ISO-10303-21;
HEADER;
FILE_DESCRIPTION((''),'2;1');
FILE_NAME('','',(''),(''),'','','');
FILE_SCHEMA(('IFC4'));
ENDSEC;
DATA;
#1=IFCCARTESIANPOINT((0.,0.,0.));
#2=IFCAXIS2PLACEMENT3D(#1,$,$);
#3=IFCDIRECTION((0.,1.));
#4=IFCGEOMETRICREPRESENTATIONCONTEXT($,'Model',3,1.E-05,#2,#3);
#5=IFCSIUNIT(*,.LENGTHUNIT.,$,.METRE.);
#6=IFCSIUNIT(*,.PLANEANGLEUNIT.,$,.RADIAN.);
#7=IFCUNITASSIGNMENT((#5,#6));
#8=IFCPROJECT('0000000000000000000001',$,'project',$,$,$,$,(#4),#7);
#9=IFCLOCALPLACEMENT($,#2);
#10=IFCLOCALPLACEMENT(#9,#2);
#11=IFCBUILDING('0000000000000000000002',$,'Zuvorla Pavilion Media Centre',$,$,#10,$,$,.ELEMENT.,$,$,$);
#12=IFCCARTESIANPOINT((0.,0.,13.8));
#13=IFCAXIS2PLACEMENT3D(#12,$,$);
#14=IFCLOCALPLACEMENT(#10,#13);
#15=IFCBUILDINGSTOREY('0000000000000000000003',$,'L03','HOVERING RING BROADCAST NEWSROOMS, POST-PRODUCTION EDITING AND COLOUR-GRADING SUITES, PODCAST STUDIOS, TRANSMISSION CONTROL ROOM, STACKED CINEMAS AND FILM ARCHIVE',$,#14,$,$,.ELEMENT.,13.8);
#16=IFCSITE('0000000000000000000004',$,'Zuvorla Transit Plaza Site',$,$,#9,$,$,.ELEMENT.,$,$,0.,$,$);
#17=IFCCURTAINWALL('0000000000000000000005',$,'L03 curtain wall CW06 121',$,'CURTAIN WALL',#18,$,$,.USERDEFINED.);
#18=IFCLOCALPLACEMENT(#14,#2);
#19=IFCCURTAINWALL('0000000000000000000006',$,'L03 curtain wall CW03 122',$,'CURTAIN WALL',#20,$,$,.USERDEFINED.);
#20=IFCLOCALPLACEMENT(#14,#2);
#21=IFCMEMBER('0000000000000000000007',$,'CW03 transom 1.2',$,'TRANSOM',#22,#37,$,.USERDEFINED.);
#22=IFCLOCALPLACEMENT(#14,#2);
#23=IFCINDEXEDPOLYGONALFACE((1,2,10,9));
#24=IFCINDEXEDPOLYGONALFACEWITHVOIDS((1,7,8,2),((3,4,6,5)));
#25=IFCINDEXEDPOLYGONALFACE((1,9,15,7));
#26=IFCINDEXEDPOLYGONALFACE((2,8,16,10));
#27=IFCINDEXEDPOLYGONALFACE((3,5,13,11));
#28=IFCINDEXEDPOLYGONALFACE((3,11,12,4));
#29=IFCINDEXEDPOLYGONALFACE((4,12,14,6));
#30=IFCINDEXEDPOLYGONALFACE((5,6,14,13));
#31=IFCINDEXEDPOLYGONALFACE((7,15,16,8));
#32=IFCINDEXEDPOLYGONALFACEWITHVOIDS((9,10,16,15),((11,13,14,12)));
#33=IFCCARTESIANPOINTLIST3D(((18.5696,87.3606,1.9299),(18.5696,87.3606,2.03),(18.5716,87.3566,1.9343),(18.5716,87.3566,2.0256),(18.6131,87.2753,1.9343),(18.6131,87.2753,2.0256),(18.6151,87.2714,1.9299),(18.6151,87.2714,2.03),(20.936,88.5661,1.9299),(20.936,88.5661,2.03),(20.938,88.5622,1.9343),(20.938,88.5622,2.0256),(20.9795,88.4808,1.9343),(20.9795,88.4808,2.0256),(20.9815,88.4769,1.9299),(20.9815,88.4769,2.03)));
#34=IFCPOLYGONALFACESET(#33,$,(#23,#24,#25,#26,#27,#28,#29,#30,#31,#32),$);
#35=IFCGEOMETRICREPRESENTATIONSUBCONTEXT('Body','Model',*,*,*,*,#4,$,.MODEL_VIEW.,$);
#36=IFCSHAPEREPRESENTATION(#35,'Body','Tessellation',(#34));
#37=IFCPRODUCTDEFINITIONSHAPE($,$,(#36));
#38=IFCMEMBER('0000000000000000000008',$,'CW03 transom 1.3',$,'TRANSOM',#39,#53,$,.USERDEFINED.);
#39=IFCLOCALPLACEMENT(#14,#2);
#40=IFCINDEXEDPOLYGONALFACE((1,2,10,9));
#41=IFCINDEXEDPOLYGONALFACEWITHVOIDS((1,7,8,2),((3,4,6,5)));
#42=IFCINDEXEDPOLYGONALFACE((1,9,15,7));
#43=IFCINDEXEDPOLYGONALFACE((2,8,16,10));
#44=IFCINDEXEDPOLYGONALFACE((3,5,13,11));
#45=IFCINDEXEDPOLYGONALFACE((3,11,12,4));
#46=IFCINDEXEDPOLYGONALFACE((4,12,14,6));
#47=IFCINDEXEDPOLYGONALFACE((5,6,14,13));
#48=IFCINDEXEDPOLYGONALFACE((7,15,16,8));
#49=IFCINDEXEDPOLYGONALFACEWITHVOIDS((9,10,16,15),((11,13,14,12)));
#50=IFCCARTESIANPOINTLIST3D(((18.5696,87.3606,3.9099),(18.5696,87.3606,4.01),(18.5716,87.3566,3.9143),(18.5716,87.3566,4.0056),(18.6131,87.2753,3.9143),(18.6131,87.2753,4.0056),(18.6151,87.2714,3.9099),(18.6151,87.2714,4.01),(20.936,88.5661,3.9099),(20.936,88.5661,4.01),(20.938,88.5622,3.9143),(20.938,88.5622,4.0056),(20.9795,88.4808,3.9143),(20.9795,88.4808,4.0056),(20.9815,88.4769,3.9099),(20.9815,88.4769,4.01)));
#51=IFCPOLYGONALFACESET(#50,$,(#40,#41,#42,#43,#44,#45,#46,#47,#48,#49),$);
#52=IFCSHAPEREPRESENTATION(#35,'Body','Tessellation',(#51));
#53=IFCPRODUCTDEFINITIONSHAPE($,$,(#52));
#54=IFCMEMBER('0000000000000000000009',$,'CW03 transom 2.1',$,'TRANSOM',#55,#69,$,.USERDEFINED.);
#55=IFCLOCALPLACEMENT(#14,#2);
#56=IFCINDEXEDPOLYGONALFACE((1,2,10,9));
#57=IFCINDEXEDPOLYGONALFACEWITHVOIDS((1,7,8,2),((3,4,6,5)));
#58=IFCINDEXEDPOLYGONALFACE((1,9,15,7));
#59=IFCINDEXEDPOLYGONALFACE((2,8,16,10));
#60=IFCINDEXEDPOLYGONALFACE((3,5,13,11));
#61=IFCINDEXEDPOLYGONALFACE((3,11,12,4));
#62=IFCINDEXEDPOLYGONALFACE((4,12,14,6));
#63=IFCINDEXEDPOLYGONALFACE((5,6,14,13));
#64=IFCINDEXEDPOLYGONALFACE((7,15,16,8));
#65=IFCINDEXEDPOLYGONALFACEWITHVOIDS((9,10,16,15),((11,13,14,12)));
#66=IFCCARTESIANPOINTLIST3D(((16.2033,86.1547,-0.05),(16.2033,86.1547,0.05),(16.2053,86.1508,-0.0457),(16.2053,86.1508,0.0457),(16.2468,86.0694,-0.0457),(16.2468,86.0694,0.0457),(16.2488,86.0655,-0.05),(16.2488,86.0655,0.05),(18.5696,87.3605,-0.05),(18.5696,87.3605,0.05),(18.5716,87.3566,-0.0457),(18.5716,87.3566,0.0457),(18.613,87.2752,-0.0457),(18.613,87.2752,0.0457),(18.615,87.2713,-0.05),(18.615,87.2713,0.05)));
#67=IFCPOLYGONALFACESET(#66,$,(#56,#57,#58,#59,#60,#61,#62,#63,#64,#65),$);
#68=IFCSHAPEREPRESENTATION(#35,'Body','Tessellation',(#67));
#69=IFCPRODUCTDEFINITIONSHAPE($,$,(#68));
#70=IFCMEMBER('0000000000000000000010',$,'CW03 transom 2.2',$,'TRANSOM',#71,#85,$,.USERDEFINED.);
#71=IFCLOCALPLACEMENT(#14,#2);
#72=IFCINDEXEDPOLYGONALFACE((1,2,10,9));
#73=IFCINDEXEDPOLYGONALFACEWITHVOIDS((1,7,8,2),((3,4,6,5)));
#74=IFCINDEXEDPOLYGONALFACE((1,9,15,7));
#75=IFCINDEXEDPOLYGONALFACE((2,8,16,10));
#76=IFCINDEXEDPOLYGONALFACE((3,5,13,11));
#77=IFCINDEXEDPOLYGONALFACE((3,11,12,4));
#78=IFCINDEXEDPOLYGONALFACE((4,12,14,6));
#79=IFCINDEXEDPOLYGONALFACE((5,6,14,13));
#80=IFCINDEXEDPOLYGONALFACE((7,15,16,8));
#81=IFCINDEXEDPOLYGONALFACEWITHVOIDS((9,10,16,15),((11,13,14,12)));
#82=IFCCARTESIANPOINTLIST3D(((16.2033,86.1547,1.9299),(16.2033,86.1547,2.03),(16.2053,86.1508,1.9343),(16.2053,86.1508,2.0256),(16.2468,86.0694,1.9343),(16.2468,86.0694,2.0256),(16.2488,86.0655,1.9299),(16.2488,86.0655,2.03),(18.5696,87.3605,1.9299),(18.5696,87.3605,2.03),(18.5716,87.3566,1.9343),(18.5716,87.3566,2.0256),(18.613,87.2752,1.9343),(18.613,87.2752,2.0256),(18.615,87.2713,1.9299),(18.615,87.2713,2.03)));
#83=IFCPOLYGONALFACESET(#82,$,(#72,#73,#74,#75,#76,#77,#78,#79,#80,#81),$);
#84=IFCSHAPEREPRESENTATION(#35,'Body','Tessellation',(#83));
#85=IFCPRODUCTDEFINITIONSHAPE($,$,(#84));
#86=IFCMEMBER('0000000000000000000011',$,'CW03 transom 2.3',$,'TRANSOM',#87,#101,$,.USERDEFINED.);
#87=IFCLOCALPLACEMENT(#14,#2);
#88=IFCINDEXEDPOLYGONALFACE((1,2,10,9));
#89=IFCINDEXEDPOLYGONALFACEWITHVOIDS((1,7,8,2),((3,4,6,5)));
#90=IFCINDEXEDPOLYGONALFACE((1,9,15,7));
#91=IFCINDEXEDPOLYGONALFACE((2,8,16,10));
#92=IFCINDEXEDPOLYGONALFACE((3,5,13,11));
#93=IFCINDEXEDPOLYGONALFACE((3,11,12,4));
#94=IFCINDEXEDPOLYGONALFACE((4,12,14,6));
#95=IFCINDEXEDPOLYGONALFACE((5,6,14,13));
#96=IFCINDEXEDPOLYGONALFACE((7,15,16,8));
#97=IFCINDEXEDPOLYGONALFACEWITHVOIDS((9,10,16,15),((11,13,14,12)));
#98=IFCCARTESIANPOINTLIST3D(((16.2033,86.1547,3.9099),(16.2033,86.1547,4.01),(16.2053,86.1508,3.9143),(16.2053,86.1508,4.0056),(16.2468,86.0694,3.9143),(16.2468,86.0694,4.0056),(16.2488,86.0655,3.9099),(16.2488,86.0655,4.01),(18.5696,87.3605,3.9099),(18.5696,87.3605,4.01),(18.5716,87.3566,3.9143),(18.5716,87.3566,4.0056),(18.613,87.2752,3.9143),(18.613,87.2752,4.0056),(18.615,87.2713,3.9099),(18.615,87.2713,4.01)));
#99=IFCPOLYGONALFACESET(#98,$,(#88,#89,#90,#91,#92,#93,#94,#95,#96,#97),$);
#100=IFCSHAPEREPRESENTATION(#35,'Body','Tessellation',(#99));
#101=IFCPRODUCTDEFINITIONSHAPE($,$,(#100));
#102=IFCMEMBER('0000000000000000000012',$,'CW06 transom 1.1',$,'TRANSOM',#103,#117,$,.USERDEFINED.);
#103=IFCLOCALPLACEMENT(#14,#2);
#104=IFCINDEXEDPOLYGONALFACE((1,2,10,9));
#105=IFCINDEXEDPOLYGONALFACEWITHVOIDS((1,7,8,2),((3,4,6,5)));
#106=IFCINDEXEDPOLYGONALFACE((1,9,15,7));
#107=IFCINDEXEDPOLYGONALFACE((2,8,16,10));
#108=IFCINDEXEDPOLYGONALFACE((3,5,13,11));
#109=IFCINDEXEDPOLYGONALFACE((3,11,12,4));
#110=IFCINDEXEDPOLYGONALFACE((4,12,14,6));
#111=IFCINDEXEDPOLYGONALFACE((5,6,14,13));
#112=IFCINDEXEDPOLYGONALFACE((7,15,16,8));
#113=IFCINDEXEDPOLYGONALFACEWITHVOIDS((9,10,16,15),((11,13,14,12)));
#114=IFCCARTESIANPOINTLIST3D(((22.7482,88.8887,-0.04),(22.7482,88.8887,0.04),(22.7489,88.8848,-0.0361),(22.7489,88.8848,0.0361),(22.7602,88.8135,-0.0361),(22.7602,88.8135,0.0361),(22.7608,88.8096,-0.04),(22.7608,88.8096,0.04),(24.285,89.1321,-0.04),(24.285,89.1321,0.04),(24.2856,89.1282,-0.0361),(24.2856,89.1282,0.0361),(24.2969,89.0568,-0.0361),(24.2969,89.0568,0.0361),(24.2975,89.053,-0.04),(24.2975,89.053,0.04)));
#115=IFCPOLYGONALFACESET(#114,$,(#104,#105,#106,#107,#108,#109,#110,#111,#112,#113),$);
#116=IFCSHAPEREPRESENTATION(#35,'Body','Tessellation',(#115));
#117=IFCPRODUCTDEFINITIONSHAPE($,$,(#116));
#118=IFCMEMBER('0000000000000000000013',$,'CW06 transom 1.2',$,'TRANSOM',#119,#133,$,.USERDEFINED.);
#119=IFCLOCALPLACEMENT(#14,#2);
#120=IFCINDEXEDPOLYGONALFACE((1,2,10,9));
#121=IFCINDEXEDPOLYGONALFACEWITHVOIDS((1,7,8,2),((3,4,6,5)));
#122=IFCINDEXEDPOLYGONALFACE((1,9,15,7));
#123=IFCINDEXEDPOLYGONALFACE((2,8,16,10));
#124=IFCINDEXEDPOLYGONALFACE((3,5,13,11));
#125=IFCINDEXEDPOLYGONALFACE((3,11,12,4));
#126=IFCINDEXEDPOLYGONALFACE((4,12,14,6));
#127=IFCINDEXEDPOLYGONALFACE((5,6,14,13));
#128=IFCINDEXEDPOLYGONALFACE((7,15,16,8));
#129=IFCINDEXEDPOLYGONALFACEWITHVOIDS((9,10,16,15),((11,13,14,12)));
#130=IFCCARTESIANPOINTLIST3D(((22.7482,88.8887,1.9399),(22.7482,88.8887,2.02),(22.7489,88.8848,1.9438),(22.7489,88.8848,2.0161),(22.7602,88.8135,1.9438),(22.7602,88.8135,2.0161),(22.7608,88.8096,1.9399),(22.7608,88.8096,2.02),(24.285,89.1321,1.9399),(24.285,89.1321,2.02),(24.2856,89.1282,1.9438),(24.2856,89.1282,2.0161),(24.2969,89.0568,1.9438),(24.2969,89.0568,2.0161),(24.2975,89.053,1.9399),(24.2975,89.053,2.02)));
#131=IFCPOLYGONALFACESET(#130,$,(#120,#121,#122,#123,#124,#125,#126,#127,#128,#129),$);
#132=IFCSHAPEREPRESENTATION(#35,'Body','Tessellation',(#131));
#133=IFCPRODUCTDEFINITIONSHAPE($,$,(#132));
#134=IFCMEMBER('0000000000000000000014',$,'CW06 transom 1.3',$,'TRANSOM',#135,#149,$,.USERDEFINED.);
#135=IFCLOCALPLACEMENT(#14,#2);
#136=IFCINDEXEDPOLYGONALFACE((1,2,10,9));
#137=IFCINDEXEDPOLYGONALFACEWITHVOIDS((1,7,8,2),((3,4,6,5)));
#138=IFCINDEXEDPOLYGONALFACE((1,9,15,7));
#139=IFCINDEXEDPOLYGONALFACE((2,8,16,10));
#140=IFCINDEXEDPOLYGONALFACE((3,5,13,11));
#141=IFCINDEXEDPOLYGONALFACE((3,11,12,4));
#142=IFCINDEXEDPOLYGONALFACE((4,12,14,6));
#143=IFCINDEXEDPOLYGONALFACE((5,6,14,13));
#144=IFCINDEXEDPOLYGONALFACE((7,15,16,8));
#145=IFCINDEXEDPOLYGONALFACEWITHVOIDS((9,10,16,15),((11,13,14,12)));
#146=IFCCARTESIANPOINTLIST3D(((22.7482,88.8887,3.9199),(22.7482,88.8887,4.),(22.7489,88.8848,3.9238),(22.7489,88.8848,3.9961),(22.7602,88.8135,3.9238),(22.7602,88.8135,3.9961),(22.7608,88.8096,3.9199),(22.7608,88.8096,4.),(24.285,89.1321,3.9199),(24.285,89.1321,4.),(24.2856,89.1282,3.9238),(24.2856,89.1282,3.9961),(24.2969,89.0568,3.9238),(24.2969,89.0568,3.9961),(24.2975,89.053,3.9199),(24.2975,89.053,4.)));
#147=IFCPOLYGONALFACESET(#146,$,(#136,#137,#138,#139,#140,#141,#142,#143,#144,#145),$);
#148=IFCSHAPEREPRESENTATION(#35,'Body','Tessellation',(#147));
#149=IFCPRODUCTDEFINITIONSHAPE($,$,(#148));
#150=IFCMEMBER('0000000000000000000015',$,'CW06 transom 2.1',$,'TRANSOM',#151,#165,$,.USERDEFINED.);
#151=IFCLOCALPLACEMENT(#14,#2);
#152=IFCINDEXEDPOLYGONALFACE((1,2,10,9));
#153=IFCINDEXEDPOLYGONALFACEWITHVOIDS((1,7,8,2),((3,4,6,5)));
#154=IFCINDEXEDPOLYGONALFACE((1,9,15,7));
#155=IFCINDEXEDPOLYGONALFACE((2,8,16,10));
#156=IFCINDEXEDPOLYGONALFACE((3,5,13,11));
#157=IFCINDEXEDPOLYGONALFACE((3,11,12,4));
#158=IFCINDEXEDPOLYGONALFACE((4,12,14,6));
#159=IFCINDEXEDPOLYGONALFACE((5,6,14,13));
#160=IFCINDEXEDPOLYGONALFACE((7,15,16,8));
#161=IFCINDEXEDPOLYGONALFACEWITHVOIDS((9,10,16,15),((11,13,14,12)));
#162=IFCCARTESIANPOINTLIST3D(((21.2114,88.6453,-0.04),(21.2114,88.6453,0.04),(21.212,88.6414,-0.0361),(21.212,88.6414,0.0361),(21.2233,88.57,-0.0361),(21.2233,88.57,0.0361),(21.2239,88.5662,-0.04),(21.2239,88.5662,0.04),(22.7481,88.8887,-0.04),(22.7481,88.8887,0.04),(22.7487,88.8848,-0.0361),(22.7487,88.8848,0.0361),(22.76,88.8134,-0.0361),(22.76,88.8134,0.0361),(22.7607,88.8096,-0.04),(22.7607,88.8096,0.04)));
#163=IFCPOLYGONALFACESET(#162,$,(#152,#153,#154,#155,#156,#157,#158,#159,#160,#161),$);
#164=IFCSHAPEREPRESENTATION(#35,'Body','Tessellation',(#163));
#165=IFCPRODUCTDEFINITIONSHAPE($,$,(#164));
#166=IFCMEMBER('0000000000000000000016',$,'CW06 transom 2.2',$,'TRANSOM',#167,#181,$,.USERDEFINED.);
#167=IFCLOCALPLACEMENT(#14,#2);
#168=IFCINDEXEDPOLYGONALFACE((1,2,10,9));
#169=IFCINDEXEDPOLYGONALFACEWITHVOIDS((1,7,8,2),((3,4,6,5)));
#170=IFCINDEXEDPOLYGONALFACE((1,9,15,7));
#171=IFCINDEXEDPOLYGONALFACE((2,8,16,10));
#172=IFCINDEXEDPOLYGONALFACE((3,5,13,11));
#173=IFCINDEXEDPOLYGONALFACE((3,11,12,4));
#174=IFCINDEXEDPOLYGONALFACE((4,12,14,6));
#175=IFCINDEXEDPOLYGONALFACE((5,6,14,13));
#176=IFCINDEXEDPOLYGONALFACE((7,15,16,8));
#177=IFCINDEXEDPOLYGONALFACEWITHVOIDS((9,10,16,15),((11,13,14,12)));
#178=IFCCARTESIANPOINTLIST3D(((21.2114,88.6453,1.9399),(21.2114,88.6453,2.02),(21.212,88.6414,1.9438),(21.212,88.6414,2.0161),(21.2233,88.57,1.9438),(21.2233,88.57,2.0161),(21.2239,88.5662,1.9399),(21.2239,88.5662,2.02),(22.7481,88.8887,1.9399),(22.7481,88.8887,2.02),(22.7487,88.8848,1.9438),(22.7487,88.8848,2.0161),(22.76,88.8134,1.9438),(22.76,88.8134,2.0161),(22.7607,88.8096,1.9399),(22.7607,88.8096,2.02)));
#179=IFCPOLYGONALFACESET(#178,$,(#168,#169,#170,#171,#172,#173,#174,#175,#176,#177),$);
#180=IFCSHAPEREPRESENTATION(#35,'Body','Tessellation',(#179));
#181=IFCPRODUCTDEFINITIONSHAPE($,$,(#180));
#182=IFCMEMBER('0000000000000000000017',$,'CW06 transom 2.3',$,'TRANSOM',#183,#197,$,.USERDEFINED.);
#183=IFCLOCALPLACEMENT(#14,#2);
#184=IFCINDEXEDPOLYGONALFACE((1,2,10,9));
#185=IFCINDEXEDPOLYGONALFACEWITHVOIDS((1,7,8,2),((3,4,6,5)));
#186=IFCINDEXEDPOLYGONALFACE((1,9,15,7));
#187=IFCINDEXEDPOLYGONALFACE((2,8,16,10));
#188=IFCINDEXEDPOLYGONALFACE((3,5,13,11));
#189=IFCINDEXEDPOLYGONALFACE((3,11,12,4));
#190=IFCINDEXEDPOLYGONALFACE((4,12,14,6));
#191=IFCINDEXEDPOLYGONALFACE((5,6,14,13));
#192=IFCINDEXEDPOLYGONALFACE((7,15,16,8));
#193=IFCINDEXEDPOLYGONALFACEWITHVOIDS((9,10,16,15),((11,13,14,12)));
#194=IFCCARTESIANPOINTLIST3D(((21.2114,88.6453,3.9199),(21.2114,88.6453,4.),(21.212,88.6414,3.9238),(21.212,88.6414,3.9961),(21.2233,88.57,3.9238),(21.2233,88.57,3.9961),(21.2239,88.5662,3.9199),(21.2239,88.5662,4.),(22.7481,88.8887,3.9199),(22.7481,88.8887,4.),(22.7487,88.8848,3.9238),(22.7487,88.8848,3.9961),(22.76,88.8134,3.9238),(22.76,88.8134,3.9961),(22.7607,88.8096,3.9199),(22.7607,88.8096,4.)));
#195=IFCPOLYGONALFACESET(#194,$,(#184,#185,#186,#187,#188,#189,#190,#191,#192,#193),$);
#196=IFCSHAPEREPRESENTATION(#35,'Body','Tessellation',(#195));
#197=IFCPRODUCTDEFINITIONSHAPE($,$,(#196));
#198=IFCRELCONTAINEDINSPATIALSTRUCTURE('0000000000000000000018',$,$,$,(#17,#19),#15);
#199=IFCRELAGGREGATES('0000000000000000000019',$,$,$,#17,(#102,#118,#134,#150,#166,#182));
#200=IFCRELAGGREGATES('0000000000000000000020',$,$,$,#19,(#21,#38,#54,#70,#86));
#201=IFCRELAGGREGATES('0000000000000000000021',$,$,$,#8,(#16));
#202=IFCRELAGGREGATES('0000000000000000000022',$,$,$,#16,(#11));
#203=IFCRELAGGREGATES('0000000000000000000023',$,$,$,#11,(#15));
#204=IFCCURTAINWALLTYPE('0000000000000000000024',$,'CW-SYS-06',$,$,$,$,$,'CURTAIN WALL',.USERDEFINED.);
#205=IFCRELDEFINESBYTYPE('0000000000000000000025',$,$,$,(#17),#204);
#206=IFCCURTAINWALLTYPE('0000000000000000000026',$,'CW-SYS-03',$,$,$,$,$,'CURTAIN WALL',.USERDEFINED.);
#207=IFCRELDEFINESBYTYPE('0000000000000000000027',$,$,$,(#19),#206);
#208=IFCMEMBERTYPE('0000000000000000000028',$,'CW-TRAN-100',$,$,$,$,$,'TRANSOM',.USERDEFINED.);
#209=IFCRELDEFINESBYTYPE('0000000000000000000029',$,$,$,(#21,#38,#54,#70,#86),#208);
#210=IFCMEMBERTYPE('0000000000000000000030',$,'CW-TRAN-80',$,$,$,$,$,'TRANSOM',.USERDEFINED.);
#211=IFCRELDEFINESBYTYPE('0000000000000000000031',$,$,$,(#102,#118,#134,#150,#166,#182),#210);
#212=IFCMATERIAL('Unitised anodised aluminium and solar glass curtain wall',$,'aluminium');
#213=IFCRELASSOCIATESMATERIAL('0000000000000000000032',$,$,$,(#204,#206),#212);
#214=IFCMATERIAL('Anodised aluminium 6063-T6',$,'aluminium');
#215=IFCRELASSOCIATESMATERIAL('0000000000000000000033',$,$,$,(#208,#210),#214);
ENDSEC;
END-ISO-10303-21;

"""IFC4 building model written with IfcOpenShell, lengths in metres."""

from ifc_helpers import new_model, si_unit, direction, frame, origin, origin_2d, place, context, subcontext, project, spatial, hollow_rectangle, extrude, material, material_profile, profile_set, type_object, element, aggregate, save


model = new_model("IFC4")

# Units and contexts
model_context = context("Model", 3, precision=1e-05, world=origin(), true_north=direction((0.0, 1.0)))
body_context = subcontext(model_context, "Body", "Model", "MODEL_VIEW")
ifc_project = project(units=[si_unit("LENGTHUNIT", "METRE"), si_unit("PLANEANGLEUNIT", "RADIAN")], contexts=[model_context])

# Site, building, storey
site_placement = place(None, origin())
site = spatial("IfcSite", under=ifc_project, at=site_placement, Name="Zuvorla Transit Plaza Site", CompositionType="ELEMENT", RefElevation=0.0)
building_placement = place(site_placement, origin())
building = spatial("IfcBuilding", under=site, at=building_placement, Name="Zuvorla Pavilion Media Centre", CompositionType="ELEMENT")
storey_placement = place(building_placement, frame((0.0, 0.0, 13.8)))
storey = spatial("IfcBuildingStorey", under=building, at=storey_placement, Name="L03", Description="HOVERING RING BROADCAST NEWSROOMS, POST-PRODUCTION EDITING AND COLOUR-GRADING SUITES, PODCAST STUDIOS, TRANSMISSION CONTROL ROOM, STACKED CINEMAS AND FILM ARCHIVE", CompositionType="ELEMENT", Elevation=13.8)

# Curtain wall
ifc_material_1 = material(Name="Unitised anodised aluminium and solar glass curtain wall", Category="aluminium")
curtain_wall_type_1 = type_object("IfcCurtainWallType", Name="CW-SYS-06", ElementType="CURTAIN WALL", PredefinedType="USERDEFINED", material=ifc_material_1)
curtain_wall_1_placement = place(storey_placement, origin())
curtain_wall_1 = element("IfcCurtainWall", 1, at=curtain_wall_1_placement, inside=storey, type_object=curtain_wall_type_1, Name="L03 curtain wall CW06 121", ObjectType="CURTAIN WALL", PredefinedType="USERDEFINED")
ifc_material_2 = material(Name="Anodised aluminium 6063-T6", Category="aluminium")

# Curtain wall, members
curtain_wall_type_2 = type_object("IfcCurtainWallType", Name="CW-SYS-03", ElementType="CURTAIN WALL", PredefinedType="USERDEFINED", material=ifc_material_1)
curtain_wall_2_placement = place(storey_placement, origin())
curtain_wall_2 = element("IfcCurtainWall", 2, at=curtain_wall_2_placement, inside=storey, type_object=curtain_wall_type_2, Name="L03 curtain wall CW03 122", ObjectType="CURTAIN WALL", PredefinedType="USERDEFINED")
ifc_material_profile_1 = material_profile(ifc_material_2, hollow_rectangle(XDim=0.1001, YDim=0.1001, WallThickness=0.0044, at=origin_2d()), Name="ALU TRAN 100x100")
ifc_profile_set_1 = profile_set([ifc_material_profile_1], Name="Anodised aluminium 6063-T6")
member_type_1 = type_object("IfcMemberType", Name="CW-TRAN-100", ElementType="TRANSOM", PredefinedType="USERDEFINED", material=ifc_profile_set_1)
member_1_placement = place(storey_placement, frame((20.9587, 88.5215, 1.98), z_axis=(-0.891037, -0.45393, 0.0), x_axis=(0.45393, -0.891037, 0.0)))
member_1 = element("IfcMember", 3, at=member_1_placement, type_object=member_type_1, Name="CW03 transom 1.2", ObjectType="TRANSOM", PredefinedType="USERDEFINED", context=body_context, shape_type="SweptSolid", body=[
    extrude(hollow_rectangle(XDim=0.1001, YDim=0.1001, WallThickness=0.0044, at=origin_2d()), origin(), (0.0, 0.0, 1.0), 2.6558),
])
member_2_placement = place(storey_placement, frame((20.9587, 88.5215, 3.96), z_axis=(-0.891037, -0.45393, 0.0), x_axis=(0.45393, -0.891037, 0.0)))
member_2 = element("IfcMember", 4, at=member_2_placement, type_object=member_type_1, Name="CW03 transom 1.3", ObjectType="TRANSOM", PredefinedType="USERDEFINED", context=body_context, shape_type="SweptSolid", body=[
    extrude(hollow_rectangle(XDim=0.1001, YDim=0.1001, WallThickness=0.0044, at=origin_2d()), origin(), (0.0, 0.0, 1.0), 2.6558),
])
member_3_placement = place(storey_placement, frame((18.5923, 87.3159, 0.0), z_axis=(-0.890981, -0.45404, 0.0), x_axis=(0.45404, -0.890981, 0.0)))
member_3 = element("IfcMember", 5, at=member_3_placement, type_object=member_type_1, Name="CW03 transom 2.1", ObjectType="TRANSOM", PredefinedType="USERDEFINED", context=body_context, shape_type="SweptSolid", body=[
    extrude(hollow_rectangle(XDim=0.1001, YDim=0.1001, WallThickness=0.0044, at=origin_2d()), origin(), (0.0, 0.0, 1.0), 2.6558),
])
member_4_placement = place(storey_placement, frame((18.5923, 87.3159, 1.98), z_axis=(-0.890981, -0.45404, 0.0), x_axis=(0.45404, -0.890981, 0.0)))
member_4 = element("IfcMember", 6, at=member_4_placement, type_object=member_type_1, Name="CW03 transom 2.2", ObjectType="TRANSOM", PredefinedType="USERDEFINED", context=body_context, shape_type="SweptSolid", body=[
    extrude(hollow_rectangle(XDim=0.1001, YDim=0.1001, WallThickness=0.0044, at=origin_2d()), origin(), (0.0, 0.0, 1.0), 2.6558),
])
member_5_placement = place(storey_placement, frame((18.5923, 87.3159, 3.96), z_axis=(-0.890981, -0.45404, 0.0), x_axis=(0.45404, -0.890981, 0.0)))
member_5 = element("IfcMember", 7, at=member_5_placement, type_object=member_type_1, Name="CW03 transom 2.3", ObjectType="TRANSOM", PredefinedType="USERDEFINED", context=body_context, shape_type="SweptSolid", body=[
    extrude(hollow_rectangle(XDim=0.1001, YDim=0.1001, WallThickness=0.0044, at=origin_2d()), origin(), (0.0, 0.0, 1.0), 2.6558),
])

# Members
ifc_material_profile_2 = material_profile(ifc_material_2, hollow_rectangle(XDim=0.0801, YDim=0.0801, WallThickness=0.0039, at=origin_2d()), Name="ALU TRAN 80x80")
ifc_profile_set_2 = profile_set([ifc_material_profile_2], Name="Anodised aluminium 6063-T6")
member_type_2 = type_object("IfcMemberType", Name="CW-TRAN-80", ElementType="TRANSOM", PredefinedType="USERDEFINED", material=ifc_profile_set_2)
member_6_placement = place(storey_placement, frame((24.2913, 89.0925, 0.0), z_axis=(-0.987689, -0.15643, 0.0), x_axis=(0.15643, -0.987689, 0.0)))
member_6 = element("IfcMember", 8, at=member_6_placement, type_object=member_type_2, Name="CW06 transom 1.1", ObjectType="TRANSOM", PredefinedType="USERDEFINED", context=body_context, shape_type="SweptSolid", body=[
    extrude(hollow_rectangle(XDim=0.0801, YDim=0.0801, WallThickness=0.0039, at=origin_2d()), origin(), (0.0, 0.0, 1.0), 1.5559),
])
member_7_placement = place(storey_placement, frame((24.2913, 89.0925, 1.98), z_axis=(-0.987689, -0.15643, 0.0), x_axis=(0.15643, -0.987689, 0.0)))
member_7 = element("IfcMember", 9, at=member_7_placement, type_object=member_type_2, Name="CW06 transom 1.2", ObjectType="TRANSOM", PredefinedType="USERDEFINED", context=body_context, shape_type="SweptSolid", body=[
    extrude(hollow_rectangle(XDim=0.0801, YDim=0.0801, WallThickness=0.0039, at=origin_2d()), origin(), (0.0, 0.0, 1.0), 1.5559),
])
member_8_placement = place(storey_placement, frame((24.2913, 89.0925, 3.96), z_axis=(-0.987689, -0.15643, 0.0), x_axis=(0.15643, -0.987689, 0.0)))
member_8 = element("IfcMember", 10, at=member_8_placement, type_object=member_type_2, Name="CW06 transom 1.3", ObjectType="TRANSOM", PredefinedType="USERDEFINED", context=body_context, shape_type="SweptSolid", body=[
    extrude(hollow_rectangle(XDim=0.0801, YDim=0.0801, WallThickness=0.0039, at=origin_2d()), origin(), (0.0, 0.0, 1.0), 1.5559),
])
member_9_placement = place(storey_placement, frame((22.7544, 88.8491, 0.0), z_axis=(-0.987689, -0.15643, 0.0), x_axis=(0.15643, -0.987689, 0.0)))
member_9 = element("IfcMember", 11, at=member_9_placement, type_object=member_type_2, Name="CW06 transom 2.1", ObjectType="TRANSOM", PredefinedType="USERDEFINED", context=body_context, shape_type="SweptSolid", body=[
    extrude(hollow_rectangle(XDim=0.0801, YDim=0.0801, WallThickness=0.0039, at=origin_2d()), origin(), (0.0, 0.0, 1.0), 1.5559),
])
member_10_placement = place(storey_placement, frame((22.7544, 88.8491, 1.98), z_axis=(-0.987689, -0.15643, 0.0), x_axis=(0.15643, -0.987689, 0.0)))
member_10 = element("IfcMember", 12, at=member_10_placement, type_object=member_type_2, Name="CW06 transom 2.2", ObjectType="TRANSOM", PredefinedType="USERDEFINED", context=body_context, shape_type="SweptSolid", body=[
    extrude(hollow_rectangle(XDim=0.0801, YDim=0.0801, WallThickness=0.0039, at=origin_2d()), origin(), (0.0, 0.0, 1.0), 1.5559),
])
member_11_placement = place(storey_placement, frame((22.7544, 88.8491, 3.96), z_axis=(-0.987689, -0.15643, 0.0), x_axis=(0.15643, -0.987689, 0.0)))
member_11 = element("IfcMember", 13, at=member_11_placement, type_object=member_type_2, Name="CW06 transom 2.3", ObjectType="TRANSOM", PredefinedType="USERDEFINED", context=body_context, shape_type="SweptSolid", body=[
    extrude(hollow_rectangle(XDim=0.0801, YDim=0.0801, WallThickness=0.0039, at=origin_2d()), origin(), (0.0, 0.0, 1.0), 1.5559),
])

aggregate(curtain_wall_1, [member_6, member_7, member_8, member_9, member_10, member_11])
aggregate(curtain_wall_2, [member_1, member_2, member_3, member_4, member_5])

save(model, "model.ifc")
